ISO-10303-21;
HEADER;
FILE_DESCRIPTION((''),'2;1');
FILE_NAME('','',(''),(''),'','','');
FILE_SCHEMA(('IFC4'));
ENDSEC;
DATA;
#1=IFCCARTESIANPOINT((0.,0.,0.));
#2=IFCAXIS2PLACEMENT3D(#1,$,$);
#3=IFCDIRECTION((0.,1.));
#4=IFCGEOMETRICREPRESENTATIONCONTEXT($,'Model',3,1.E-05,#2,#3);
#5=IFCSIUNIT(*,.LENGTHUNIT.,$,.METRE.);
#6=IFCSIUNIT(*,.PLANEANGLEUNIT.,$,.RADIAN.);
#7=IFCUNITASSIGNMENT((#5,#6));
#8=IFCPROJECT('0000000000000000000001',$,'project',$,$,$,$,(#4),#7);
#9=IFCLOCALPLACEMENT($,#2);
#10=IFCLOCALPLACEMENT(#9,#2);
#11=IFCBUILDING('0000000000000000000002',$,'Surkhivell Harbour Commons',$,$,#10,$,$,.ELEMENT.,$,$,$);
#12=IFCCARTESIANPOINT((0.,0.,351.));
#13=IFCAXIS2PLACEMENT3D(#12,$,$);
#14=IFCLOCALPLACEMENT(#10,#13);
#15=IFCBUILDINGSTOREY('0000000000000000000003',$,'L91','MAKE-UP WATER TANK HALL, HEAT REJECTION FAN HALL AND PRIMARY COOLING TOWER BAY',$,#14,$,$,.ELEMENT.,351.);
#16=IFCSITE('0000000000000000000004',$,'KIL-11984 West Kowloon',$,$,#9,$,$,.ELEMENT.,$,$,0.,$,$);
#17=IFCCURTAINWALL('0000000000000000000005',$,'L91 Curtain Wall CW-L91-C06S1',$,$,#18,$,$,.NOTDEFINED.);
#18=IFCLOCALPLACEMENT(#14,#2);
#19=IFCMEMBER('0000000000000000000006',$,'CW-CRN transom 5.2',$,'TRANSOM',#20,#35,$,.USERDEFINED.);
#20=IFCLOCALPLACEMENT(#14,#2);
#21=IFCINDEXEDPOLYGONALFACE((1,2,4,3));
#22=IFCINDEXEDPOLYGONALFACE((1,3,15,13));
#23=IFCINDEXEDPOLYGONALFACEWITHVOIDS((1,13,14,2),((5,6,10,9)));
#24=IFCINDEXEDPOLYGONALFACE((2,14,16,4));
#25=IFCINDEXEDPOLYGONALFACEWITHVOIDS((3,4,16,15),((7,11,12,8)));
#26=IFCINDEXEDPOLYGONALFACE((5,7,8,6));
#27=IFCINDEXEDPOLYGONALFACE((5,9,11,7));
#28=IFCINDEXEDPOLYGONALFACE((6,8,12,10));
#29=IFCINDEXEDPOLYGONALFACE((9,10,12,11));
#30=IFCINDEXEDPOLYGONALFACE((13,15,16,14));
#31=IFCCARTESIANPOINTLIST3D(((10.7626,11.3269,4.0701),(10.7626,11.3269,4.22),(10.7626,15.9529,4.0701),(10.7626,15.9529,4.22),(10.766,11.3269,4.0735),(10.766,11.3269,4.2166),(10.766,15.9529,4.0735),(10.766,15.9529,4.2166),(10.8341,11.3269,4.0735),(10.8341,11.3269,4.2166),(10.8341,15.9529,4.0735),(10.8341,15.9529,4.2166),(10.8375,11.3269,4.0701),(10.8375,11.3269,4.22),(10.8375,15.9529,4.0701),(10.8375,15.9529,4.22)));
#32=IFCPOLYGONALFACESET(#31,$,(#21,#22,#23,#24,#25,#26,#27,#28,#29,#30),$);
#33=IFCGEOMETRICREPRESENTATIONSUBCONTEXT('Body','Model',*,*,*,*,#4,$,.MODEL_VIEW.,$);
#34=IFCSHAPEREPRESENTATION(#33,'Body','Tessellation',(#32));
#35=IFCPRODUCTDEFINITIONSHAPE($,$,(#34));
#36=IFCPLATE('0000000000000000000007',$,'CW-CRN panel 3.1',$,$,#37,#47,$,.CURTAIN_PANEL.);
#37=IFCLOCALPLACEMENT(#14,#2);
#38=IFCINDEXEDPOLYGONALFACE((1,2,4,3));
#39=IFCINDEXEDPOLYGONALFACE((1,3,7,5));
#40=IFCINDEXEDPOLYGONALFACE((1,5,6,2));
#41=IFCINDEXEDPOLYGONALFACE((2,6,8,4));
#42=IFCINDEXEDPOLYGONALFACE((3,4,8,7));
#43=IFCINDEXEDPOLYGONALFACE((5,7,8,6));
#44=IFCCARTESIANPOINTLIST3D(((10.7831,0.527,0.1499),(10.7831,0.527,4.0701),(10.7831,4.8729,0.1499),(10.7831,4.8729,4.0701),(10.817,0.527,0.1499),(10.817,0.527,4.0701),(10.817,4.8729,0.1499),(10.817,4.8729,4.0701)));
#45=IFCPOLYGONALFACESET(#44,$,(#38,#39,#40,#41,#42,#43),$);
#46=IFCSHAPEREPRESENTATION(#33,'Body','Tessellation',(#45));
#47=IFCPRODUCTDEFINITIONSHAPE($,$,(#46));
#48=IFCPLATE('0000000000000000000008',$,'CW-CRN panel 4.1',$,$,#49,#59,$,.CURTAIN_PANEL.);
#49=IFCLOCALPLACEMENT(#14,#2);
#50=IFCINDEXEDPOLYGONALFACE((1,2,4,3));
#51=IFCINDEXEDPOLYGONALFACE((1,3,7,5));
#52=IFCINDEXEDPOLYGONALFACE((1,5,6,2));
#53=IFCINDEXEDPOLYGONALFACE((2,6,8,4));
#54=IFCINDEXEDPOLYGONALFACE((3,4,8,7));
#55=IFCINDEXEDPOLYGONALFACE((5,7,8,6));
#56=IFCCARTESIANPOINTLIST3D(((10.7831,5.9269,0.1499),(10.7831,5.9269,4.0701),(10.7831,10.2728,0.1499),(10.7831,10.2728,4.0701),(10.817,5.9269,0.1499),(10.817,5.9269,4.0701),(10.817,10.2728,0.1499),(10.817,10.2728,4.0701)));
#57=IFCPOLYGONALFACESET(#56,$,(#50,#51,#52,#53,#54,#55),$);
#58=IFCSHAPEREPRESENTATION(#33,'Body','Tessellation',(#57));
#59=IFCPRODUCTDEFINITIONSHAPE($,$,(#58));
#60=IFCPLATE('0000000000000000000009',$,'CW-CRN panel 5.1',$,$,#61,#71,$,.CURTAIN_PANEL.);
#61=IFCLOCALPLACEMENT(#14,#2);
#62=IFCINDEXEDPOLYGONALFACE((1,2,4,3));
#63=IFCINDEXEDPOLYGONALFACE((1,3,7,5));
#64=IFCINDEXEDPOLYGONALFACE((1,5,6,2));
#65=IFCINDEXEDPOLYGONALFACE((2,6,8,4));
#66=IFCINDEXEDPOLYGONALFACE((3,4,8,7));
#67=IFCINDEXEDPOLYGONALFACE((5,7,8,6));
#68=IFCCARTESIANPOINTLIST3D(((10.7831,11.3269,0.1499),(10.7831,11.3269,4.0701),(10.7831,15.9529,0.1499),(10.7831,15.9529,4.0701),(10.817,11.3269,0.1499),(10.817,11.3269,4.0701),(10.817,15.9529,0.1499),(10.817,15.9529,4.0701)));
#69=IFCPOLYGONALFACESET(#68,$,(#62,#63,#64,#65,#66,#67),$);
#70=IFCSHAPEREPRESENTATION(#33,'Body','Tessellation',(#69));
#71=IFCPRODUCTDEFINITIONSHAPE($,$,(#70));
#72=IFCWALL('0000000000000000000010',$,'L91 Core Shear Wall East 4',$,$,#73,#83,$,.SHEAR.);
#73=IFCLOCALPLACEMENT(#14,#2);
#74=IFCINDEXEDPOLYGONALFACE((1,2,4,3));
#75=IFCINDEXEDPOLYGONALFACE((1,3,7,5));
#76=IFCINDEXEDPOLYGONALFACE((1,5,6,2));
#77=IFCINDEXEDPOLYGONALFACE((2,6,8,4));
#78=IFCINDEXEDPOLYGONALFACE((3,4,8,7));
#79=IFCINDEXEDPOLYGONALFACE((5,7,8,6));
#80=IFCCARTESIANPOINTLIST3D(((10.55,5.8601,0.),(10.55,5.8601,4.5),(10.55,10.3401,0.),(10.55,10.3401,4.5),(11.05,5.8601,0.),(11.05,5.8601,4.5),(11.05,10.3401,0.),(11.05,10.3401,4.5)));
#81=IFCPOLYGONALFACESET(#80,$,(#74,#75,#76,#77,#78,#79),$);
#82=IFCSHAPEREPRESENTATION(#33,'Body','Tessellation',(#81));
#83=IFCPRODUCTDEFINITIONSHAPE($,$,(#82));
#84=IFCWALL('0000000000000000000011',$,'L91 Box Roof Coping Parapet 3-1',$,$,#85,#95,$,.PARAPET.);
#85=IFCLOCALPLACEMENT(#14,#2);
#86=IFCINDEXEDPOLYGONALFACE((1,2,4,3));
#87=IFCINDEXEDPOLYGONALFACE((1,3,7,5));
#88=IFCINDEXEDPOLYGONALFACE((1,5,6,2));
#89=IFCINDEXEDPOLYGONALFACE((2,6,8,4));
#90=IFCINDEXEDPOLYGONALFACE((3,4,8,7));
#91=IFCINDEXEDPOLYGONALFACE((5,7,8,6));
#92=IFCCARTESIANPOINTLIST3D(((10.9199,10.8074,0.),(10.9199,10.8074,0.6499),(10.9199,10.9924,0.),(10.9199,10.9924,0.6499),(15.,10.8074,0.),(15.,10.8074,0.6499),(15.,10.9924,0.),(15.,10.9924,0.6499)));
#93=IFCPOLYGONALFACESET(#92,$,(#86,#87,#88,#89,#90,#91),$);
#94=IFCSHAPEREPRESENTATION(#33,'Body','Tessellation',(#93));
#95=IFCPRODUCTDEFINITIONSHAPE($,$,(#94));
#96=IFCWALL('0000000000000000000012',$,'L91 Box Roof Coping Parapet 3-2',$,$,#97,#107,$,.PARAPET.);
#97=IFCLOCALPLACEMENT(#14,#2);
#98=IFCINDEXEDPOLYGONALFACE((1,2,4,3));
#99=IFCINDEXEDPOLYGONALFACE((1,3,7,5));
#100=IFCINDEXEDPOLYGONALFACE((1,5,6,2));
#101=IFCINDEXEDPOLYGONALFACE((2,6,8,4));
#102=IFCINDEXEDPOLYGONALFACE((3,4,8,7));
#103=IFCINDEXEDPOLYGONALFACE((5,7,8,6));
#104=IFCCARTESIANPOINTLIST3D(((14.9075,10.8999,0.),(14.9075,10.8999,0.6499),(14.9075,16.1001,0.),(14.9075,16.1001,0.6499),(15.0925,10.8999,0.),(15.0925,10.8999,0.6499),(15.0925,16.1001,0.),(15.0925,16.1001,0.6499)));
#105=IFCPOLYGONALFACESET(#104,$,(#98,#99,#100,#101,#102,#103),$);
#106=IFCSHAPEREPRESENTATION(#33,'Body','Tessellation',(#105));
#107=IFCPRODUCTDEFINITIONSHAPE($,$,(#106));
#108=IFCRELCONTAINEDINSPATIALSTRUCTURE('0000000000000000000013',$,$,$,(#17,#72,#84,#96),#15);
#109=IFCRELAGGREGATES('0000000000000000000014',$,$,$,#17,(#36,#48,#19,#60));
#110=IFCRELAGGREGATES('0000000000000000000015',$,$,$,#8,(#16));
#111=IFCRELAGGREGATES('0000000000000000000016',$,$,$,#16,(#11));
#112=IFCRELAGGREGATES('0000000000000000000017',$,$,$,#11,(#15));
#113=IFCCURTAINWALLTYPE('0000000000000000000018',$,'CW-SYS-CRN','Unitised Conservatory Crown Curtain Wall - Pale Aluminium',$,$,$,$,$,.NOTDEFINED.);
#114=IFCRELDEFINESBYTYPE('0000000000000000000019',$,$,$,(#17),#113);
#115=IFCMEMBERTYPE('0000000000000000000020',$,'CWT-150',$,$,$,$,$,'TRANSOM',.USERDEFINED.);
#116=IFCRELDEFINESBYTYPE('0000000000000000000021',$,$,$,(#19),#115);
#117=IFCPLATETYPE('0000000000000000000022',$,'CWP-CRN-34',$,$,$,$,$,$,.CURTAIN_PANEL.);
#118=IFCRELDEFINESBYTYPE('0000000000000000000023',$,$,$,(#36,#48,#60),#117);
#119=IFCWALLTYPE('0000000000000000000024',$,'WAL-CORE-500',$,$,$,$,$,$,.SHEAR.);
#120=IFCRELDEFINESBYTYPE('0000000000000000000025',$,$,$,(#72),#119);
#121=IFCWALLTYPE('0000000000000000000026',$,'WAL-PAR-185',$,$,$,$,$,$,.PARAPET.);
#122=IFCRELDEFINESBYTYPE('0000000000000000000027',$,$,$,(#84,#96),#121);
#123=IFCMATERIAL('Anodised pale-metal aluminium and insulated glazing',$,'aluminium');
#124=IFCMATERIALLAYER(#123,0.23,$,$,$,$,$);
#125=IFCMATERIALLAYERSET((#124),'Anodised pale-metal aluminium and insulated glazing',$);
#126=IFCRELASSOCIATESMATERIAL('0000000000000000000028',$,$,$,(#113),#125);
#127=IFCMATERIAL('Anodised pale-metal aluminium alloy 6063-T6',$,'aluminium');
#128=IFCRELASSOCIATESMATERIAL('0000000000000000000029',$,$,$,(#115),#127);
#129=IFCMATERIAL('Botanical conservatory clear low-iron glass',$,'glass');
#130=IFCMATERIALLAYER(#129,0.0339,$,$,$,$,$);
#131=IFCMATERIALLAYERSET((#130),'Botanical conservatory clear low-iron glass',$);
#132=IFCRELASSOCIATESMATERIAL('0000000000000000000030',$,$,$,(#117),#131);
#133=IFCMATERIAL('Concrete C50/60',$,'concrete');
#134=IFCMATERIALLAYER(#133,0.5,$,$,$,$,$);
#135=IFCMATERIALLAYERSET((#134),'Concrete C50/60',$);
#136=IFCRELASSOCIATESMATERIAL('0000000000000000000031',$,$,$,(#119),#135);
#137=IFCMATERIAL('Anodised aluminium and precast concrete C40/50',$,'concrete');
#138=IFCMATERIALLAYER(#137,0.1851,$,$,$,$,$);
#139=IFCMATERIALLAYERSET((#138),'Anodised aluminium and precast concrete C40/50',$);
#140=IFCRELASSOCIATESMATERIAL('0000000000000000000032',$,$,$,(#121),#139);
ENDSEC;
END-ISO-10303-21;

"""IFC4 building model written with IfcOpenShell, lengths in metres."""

from ifc_helpers import new_model, si_unit, direction, frame, frame_2d, origin, origin_2d, place, context, subcontext, project, spatial, rectangle, hollow_rectangle, extrude, material, layer, layer_set, material_profile, profile_set, type_object, element, aggregate, save


model = new_model("IFC4")

# Units and contexts
model_context = context("Model", 3, precision=1e-05, world=origin(), true_north=direction((0.0, 1.0)))
body_context = subcontext(model_context, "Body", "Model", "MODEL_VIEW")
ifc_project = project(units=[si_unit("LENGTHUNIT", "METRE"), si_unit("PLANEANGLEUNIT", "RADIAN")], contexts=[model_context])

# Site, building, storey
site_placement = place(None, origin())
site = spatial("IfcSite", under=ifc_project, at=site_placement, Name="KIL-11984 West Kowloon", CompositionType="ELEMENT", RefElevation=0.0)
building_placement = place(site_placement, origin())
building = spatial("IfcBuilding", under=site, at=building_placement, Name="Surkhivell Harbour Commons", CompositionType="ELEMENT")
storey_placement = place(building_placement, frame((0.0, 0.0, 351.0)))
storey = spatial("IfcBuildingStorey", under=building, at=storey_placement, Name="L91", Description="MAKE-UP WATER TANK HALL, HEAT REJECTION FAN HALL AND PRIMARY COOLING TOWER BAY", CompositionType="ELEMENT", Elevation=351.0)

# Curtain wall, member, plates
ifc_material_1 = material(Name="Anodised pale-metal aluminium and insulated glazing", Category="aluminium")
ifc_layer_1 = layer(ifc_material_1, 0.23)
ifc_layer_set_1 = layer_set([ifc_layer_1], Name="Anodised pale-metal aluminium and insulated glazing")
curtain_wall_type = type_object("IfcCurtainWallType", Name="CW-SYS-CRN", Description="Unitised Conservatory Crown Curtain Wall - Pale Aluminium", PredefinedType="NOTDEFINED", material=ifc_layer_set_1)
curtain_wall_placement = place(storey_placement, origin())
curtain_wall = element("IfcCurtainWall", 1, at=curtain_wall_placement, inside=storey, type_object=curtain_wall_type, Name="L91 Curtain Wall CW-L91-C06S1", PredefinedType="NOTDEFINED")
ifc_material_2 = material(Name="Anodised pale-metal aluminium alloy 6063-T6", Category="aluminium")
ifc_material_profile_1 = material_profile(ifc_material_2, hollow_rectangle(XDim=0.075, YDim=0.1499, WallThickness=0.0034, at=origin_2d()), Name="ALU-TRAN-75x150")
ifc_profile_set_1 = profile_set([ifc_material_profile_1], Name="Anodised pale-metal aluminium alloy 6063-T6")
member_type_1 = type_object("IfcMemberType", Name="CWT-150", ElementType="TRANSOM", PredefinedType="USERDEFINED", material=ifc_profile_set_1)
member_1_placement = place(storey_placement, frame((10.8, 11.3269, 4.145), z_axis=(0.0, 1.0, 0.0), x_axis=(-1.0, 0.0, 0.0)))
member_1 = element("IfcMember", 2, at=member_1_placement, type_object=member_type_1, Name="CW-CRN transom 5.2", ObjectType="TRANSOM", PredefinedType="USERDEFINED", context=body_context, shape_type="SweptSolid", body=[
    extrude(hollow_rectangle(XDim=0.075, YDim=0.1499, WallThickness=0.0034, at=origin_2d()), origin(), (0.0, 0.0, 1.0), 4.626),
])
ifc_material_3 = material(Name="Botanical conservatory clear low-iron glass", Category="glass")
ifc_layer_2 = layer(ifc_material_3, 0.0339)
ifc_layer_set_2 = layer_set([ifc_layer_2], Name="Botanical conservatory clear low-iron glass")
plate_type = type_object("IfcPlateType", Name="CWP-CRN-34", PredefinedType="CURTAIN_PANEL", material=ifc_layer_set_2)
plate_1_placement = place(storey_placement, frame((10.8, 0.5271, 0.1499), z_axis=(0.0, 0.0, 1.0), x_axis=(0.0, 1.0, 0.0)))
plate_1 = element("IfcPlate", 3, at=plate_1_placement, type_object=plate_type, Name="CW-CRN panel 3.1", PredefinedType="CURTAIN_PANEL", context=body_context, shape_type="SweptSolid", body=[
    extrude(rectangle(XDim=4.3459, YDim=0.0339, at=frame_2d((2.1729, 0.0))), origin(), (0.0, 0.0, 1.0), 3.9202),
])
plate_2_placement = place(storey_placement, frame((10.8, 5.927, 0.1499), z_axis=(0.0, 0.0, 1.0), x_axis=(0.0, 1.0, 0.0)))
plate_2 = element("IfcPlate", 4, at=plate_2_placement, type_object=plate_type, Name="CW-CRN panel 4.1", PredefinedType="CURTAIN_PANEL", context=body_context, shape_type="SweptSolid", body=[
    extrude(rectangle(XDim=4.3459, YDim=0.0339, at=frame_2d((2.1729, 0.0))), origin(), (0.0, 0.0, 1.0), 3.9202),
])
plate_3_placement = place(storey_placement, frame((10.8, 11.3269, 0.1499), z_axis=(0.0, 0.0, 1.0), x_axis=(0.0, 1.0, 0.0)))
plate_3 = element("IfcPlate", 5, at=plate_3_placement, type_object=plate_type, Name="CW-CRN panel 5.1", PredefinedType="CURTAIN_PANEL", context=body_context, shape_type="SweptSolid", body=[
    extrude(rectangle(XDim=4.626, YDim=0.0339, at=frame_2d((2.313, 0.0))), origin(), (0.0, 0.0, 1.0), 3.9202),
])
aggregate(curtain_wall, [plate_1, plate_2, member_1, plate_3])

# Walls
ifc_material_4 = material(Name="Concrete C50/60", Category="concrete")
ifc_layer_3 = layer(ifc_material_4, 0.5)
ifc_layer_set_3 = layer_set([ifc_layer_3], Name="Concrete C50/60")
wall_type_1 = type_object("IfcWallType", Name="WAL-CORE-500", PredefinedType="SHEAR", material=ifc_layer_set_3)
wall_1_placement = place(storey_placement, frame((10.8, 5.8601, 0.0), z_axis=(0.0, 0.0, 1.0), x_axis=(0.0, 1.0, 0.0)))
element("IfcWall", 6, at=wall_1_placement, inside=storey, type_object=wall_type_1, Name="L91 Core Shear Wall East 4", PredefinedType="SHEAR", context=body_context, shape_type="SweptSolid", body=[
    extrude(rectangle(XDim=4.48, YDim=0.5, at=frame_2d((2.24, 0.0))), origin(), (0.0, 0.0, 1.0), 4.5),
])
ifc_material_5 = material(Name="Anodised aluminium and precast concrete C40/50", Category="concrete")
ifc_layer_4 = layer(ifc_material_5, 0.1851)
ifc_layer_set_4 = layer_set([ifc_layer_4], Name="Anodised aluminium and precast concrete C40/50")
wall_type_2 = type_object("IfcWallType", Name="WAL-PAR-185", PredefinedType="PARAPET", material=ifc_layer_set_4)
wall_2_placement = place(storey_placement, frame((10.9199, 10.8999, 0.0), z_axis=(0.0, 0.0, 1.0), x_axis=(1.0, 0.0, 0.0)))
element("IfcWall", 7, at=wall_2_placement, inside=storey, type_object=wall_type_2, Name="L91 Box Roof Coping Parapet 3-1", PredefinedType="PARAPET", context=body_context, shape_type="SweptSolid", body=[
    extrude(rectangle(XDim=4.0801, YDim=0.1851, at=frame_2d((2.04, 0.0))), origin(), (0.0, 0.0, 1.0), 0.6499),
])
wall_3_placement = place(storey_placement, frame((15.0, 10.8999, 0.0), z_axis=(0.0, 0.0, 1.0), x_axis=(0.0, 1.0, 0.0)))
element("IfcWall", 8, at=wall_3_placement, inside=storey, type_object=wall_type_2, Name="L91 Box Roof Coping Parapet 3-2", PredefinedType="PARAPET", context=body_context, shape_type="SweptSolid", body=[
    extrude(rectangle(XDim=5.2002, YDim=0.1851, at=frame_2d((2.6001, 0.0))), origin(), (0.0, 0.0, 1.0), 0.6499),
])

save(model, "model.ifc")
